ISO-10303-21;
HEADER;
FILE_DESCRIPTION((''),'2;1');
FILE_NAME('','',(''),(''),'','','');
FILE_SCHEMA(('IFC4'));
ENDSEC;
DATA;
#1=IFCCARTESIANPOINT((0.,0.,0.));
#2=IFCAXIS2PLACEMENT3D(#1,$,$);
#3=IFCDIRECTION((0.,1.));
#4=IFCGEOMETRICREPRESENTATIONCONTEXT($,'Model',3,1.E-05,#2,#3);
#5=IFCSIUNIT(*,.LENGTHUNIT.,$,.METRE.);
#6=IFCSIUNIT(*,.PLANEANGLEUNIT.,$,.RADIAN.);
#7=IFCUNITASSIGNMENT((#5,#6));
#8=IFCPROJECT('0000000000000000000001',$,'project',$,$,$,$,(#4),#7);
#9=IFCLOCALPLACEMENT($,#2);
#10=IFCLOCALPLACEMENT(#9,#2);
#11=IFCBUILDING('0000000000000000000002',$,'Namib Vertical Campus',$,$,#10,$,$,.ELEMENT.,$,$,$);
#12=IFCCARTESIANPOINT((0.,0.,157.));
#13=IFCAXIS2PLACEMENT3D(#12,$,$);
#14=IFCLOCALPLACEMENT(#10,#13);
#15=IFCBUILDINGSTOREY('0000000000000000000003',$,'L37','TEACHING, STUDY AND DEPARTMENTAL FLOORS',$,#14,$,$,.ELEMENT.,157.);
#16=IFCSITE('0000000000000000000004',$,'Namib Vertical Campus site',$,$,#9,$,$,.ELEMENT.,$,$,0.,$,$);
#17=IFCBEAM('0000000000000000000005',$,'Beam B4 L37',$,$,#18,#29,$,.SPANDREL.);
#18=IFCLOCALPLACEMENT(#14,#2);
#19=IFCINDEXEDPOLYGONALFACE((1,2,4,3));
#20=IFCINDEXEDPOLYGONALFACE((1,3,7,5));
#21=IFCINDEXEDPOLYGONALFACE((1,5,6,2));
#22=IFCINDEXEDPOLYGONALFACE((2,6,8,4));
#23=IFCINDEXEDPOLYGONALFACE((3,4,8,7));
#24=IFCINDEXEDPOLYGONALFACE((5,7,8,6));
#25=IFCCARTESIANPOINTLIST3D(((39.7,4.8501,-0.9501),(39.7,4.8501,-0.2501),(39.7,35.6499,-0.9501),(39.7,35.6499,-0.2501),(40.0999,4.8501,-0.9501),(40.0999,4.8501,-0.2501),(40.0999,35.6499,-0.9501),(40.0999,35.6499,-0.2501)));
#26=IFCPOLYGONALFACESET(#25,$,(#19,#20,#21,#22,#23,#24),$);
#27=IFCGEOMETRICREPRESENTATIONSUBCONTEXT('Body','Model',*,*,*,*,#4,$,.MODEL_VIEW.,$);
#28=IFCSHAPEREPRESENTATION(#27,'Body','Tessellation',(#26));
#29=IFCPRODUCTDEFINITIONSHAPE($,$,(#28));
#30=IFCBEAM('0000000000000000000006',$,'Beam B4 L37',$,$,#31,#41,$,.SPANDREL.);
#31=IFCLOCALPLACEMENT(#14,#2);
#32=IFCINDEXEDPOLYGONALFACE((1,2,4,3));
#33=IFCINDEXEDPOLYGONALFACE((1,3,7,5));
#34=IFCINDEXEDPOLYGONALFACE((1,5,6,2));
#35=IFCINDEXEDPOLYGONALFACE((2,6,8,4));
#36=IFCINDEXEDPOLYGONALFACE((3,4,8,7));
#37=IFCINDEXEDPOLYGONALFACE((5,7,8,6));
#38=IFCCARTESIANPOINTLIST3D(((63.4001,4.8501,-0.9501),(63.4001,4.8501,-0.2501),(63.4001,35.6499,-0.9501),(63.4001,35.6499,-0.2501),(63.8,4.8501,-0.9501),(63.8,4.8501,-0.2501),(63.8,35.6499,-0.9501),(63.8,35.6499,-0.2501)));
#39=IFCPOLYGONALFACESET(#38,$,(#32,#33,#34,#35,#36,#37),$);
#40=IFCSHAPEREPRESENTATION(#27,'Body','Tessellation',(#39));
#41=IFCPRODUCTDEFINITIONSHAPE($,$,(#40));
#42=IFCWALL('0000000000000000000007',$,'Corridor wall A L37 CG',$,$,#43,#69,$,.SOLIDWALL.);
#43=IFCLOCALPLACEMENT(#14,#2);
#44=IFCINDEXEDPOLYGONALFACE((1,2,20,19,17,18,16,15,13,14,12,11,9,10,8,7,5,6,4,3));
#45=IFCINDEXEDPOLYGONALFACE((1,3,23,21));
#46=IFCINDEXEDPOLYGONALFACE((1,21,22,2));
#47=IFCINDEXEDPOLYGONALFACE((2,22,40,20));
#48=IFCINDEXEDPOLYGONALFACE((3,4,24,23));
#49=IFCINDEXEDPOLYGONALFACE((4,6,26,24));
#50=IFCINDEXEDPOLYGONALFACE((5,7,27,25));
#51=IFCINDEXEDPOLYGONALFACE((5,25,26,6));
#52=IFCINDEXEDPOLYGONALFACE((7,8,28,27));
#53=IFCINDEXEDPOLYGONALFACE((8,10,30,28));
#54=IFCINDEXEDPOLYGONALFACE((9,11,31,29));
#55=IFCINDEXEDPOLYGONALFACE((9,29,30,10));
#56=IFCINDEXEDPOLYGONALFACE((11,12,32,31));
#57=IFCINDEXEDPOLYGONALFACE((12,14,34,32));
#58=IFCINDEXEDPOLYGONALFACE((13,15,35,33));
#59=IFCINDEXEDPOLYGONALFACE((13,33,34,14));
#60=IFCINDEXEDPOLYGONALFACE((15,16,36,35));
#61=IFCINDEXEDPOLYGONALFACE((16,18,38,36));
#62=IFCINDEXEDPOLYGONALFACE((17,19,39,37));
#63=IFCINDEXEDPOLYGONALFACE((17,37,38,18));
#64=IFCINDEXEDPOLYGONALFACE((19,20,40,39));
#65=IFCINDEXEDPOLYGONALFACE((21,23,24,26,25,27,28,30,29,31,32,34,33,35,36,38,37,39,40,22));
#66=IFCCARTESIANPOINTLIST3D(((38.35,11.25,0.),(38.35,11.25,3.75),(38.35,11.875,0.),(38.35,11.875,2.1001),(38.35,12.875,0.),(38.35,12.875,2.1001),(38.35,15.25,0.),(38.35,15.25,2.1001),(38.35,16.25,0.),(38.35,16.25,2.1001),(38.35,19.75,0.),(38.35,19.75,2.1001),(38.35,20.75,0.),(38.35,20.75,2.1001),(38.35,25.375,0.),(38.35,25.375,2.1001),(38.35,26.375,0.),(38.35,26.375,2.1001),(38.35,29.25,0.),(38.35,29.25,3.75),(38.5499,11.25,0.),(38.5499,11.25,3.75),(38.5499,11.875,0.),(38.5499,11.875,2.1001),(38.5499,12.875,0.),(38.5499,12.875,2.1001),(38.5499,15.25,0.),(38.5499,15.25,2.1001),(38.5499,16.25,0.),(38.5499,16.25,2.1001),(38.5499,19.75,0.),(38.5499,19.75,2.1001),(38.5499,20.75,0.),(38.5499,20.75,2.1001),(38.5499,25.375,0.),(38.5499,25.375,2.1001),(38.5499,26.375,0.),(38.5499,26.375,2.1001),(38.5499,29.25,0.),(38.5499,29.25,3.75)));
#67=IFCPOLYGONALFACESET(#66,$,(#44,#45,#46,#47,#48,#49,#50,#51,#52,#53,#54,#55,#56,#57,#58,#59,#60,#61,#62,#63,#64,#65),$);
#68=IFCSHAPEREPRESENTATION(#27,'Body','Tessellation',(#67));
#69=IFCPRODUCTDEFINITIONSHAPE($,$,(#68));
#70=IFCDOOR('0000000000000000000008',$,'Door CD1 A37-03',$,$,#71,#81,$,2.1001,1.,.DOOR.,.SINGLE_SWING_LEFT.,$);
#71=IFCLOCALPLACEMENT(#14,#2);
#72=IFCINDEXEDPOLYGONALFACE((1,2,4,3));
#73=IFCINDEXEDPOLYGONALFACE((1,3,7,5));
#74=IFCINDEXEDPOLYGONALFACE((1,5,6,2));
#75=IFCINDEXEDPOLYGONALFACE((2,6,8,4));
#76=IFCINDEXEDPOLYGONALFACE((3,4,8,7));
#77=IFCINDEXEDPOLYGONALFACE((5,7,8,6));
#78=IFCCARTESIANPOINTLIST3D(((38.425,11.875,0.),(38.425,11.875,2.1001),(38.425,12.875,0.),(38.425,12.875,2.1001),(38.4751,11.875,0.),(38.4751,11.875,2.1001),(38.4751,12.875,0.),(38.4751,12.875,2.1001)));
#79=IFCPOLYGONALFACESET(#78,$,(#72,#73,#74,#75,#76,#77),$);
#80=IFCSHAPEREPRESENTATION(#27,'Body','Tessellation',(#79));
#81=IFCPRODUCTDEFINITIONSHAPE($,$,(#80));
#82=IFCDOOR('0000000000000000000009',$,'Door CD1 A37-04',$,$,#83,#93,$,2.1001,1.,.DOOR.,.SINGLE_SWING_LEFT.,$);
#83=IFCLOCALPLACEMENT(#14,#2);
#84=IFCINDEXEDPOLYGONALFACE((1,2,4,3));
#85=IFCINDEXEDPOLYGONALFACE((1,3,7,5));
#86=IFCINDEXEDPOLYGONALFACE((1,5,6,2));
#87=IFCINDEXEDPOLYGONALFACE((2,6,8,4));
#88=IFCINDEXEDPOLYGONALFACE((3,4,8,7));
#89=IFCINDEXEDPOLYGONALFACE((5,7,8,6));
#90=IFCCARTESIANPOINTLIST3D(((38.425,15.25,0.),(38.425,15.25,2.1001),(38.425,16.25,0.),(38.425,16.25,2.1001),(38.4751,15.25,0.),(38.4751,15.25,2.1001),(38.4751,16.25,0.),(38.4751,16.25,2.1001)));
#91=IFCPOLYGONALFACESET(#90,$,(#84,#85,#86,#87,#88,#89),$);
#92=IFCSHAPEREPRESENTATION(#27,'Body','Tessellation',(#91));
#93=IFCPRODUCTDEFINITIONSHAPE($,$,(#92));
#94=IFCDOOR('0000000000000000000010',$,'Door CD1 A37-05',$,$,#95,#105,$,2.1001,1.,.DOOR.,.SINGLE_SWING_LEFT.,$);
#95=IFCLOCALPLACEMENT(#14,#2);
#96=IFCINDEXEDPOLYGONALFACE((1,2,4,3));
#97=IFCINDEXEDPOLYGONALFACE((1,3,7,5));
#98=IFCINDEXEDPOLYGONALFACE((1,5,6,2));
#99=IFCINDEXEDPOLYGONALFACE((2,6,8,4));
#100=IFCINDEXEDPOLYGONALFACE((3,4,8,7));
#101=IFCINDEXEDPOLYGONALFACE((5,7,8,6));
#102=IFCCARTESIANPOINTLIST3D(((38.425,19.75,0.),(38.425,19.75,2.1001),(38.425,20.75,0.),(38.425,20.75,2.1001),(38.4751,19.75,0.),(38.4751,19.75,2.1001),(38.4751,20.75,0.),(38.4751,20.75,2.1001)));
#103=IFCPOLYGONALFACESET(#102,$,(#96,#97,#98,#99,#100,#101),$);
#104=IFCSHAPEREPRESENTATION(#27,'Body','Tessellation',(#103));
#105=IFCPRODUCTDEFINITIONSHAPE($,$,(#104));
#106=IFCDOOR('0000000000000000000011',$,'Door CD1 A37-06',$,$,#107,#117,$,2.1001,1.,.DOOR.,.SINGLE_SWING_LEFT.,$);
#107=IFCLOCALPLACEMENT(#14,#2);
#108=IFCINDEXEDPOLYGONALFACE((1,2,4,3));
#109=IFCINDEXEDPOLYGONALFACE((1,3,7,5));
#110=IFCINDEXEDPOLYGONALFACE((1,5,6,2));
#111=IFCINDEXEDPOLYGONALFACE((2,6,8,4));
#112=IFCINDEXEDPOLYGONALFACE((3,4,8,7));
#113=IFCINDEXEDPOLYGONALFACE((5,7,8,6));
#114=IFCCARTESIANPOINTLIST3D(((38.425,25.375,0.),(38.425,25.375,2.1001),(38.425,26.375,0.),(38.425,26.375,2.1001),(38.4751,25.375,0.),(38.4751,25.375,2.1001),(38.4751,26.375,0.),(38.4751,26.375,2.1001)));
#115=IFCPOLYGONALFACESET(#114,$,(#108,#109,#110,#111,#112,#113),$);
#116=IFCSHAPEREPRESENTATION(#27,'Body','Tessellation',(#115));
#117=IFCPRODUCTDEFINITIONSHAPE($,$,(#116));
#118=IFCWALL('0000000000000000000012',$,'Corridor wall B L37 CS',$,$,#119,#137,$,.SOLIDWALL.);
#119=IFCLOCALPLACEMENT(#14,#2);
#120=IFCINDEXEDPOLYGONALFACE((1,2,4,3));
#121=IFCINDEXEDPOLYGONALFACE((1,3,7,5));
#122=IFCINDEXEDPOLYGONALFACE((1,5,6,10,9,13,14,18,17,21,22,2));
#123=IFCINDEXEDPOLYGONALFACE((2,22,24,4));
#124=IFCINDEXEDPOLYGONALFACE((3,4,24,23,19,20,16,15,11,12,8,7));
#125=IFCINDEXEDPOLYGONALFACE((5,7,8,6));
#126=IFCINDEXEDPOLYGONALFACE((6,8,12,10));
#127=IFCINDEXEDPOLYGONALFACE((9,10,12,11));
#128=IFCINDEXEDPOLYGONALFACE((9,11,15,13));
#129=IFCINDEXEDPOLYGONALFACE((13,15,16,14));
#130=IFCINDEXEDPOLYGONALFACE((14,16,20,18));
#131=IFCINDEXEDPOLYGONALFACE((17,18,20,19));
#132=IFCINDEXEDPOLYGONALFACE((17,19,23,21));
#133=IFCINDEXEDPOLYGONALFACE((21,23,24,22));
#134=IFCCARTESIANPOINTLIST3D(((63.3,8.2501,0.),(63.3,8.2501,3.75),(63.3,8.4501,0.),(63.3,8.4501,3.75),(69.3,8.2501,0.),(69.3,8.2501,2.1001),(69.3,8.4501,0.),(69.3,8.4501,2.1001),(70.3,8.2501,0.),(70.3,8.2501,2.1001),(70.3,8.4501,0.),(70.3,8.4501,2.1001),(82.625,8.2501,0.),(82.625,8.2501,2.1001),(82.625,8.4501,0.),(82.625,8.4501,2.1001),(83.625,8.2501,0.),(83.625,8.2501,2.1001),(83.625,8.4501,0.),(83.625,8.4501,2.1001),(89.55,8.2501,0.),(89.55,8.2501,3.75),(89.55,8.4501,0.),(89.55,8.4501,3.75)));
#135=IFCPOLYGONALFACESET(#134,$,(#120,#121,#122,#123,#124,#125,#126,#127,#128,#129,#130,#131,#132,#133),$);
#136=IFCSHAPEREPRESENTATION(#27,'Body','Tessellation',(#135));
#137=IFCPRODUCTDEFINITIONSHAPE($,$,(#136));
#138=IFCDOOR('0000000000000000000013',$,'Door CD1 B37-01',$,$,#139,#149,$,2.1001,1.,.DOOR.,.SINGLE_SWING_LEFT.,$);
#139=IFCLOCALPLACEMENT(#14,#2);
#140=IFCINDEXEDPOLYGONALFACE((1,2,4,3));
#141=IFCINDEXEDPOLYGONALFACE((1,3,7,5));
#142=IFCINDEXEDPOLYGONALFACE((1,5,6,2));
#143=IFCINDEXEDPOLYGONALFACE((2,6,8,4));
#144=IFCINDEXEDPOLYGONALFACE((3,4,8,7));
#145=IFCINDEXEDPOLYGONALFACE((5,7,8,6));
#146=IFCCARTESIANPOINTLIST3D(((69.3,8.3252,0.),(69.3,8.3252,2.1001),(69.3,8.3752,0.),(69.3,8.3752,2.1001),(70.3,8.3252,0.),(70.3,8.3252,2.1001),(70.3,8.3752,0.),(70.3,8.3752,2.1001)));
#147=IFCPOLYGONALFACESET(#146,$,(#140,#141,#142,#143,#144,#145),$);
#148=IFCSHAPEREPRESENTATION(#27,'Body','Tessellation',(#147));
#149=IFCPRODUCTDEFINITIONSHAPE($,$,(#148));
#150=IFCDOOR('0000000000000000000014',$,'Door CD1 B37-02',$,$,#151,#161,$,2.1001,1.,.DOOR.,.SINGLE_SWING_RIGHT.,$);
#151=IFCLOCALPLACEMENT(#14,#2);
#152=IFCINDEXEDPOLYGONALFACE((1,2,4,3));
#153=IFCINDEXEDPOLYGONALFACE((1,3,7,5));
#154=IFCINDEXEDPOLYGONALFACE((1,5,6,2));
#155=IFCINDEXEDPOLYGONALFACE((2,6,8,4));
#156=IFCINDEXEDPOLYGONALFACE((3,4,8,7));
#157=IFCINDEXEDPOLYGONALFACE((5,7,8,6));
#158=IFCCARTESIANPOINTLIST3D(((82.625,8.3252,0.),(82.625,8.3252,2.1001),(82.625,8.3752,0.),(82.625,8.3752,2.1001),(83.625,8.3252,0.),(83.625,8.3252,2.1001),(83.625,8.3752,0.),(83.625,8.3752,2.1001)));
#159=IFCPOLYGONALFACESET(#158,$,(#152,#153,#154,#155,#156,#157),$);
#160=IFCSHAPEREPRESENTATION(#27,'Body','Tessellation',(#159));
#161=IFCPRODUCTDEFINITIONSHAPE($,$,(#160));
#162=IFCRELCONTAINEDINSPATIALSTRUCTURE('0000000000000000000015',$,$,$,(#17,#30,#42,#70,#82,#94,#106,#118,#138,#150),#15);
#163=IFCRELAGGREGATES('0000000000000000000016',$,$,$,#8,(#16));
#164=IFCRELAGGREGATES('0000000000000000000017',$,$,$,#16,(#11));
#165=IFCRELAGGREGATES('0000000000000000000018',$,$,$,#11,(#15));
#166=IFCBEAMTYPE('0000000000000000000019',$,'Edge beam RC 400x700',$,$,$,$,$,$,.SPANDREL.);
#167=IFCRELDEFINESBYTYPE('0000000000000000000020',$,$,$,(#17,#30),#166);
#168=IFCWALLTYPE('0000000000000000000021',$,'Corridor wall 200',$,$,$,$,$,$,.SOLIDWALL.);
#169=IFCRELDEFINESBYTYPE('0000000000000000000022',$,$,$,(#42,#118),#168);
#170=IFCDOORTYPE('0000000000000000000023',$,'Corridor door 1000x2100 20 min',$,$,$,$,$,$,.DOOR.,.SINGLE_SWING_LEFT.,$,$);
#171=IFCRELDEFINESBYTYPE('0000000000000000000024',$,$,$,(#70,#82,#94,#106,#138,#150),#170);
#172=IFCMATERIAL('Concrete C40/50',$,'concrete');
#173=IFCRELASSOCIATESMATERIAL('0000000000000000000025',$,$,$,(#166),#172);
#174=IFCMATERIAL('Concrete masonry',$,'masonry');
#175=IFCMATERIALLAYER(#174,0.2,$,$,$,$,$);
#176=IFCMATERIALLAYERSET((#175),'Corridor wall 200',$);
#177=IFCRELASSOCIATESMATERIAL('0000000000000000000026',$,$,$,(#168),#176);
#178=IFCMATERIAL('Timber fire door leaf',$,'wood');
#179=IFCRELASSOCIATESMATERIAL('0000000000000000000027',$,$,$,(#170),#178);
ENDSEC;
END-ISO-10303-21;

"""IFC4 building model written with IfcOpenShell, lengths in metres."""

from ifc_helpers import new_model, si_unit, direction, frame, frame_2d, origin, origin_2d, place, context, subcontext, project, spatial, rectangle, extrude, material, layer, layer_set, material_profile, profile_set, type_object, element, fill, save


model = new_model("IFC4")

# Units and contexts
model_context = context("Model", 3, precision=1e-05, world=origin(), true_north=direction((0.0, 1.0)))
body_context = subcontext(model_context, "Body", "Model", "MODEL_VIEW")
ifc_project = project(units=[si_unit("LENGTHUNIT", "METRE"), si_unit("PLANEANGLEUNIT", "RADIAN")], contexts=[model_context])

# Site, building, storey
site_placement = place(None, origin())
site = spatial("IfcSite", under=ifc_project, at=site_placement, Name="Namib Vertical Campus site", CompositionType="ELEMENT", RefElevation=0.0)
building_placement = place(site_placement, origin())
building = spatial("IfcBuilding", under=site, at=building_placement, Name="Namib Vertical Campus", CompositionType="ELEMENT")
storey_placement = place(building_placement, frame((0.0, 0.0, 157.0)))
storey = spatial("IfcBuildingStorey", under=building, at=storey_placement, Name="L37", Description="TEACHING, STUDY AND DEPARTMENTAL FLOORS", CompositionType="ELEMENT", Elevation=157.0)

# Beams
ifc_material_1 = material(Name="Concrete C40/50", Category="concrete")
ifc_material_profile = material_profile(ifc_material_1, rectangle(XDim=0.3999, YDim=0.7, at=origin_2d()))
ifc_profile_set = profile_set([ifc_material_profile], Name="Concrete C40/50")
beam_type = type_object("IfcBeamType", Name="Edge beam RC 400x700", PredefinedType="SPANDREL", material=ifc_profile_set)
for number, where, z_axis, x_axis, name in (
    (1, (39.8999, 4.8501, -0.6001), (0.0, 1.0, 0.0), (-1.0, 0.0, 0.0), "Beam B4 L37"),
    (2, (63.6001, 4.8501, -0.6001), (0.0, 1.0, 0.0), (-1.0, 0.0, 0.0), "Beam B4 L37"),
):
    element("IfcBeam", number, at=place(storey_placement, frame(where, z_axis=z_axis, x_axis=x_axis)), inside=storey, type_object=beam_type, Name=name, PredefinedType="SPANDREL", context=body_context, shape_type="SweptSolid", body=[
        extrude(rectangle(XDim=0.3999, YDim=0.7, at=origin_2d()), origin(), (0.0, 0.0, 1.0), 30.7998),
    ])

# Walls, openings, doors
ifc_material_2 = material(Name="Concrete masonry", Category="masonry")
ifc_layer_1 = layer(ifc_material_2, 0.2)
ifc_layer_set_1 = layer_set([ifc_layer_1], Name="Corridor wall 200")
wall_type_1 = type_object("IfcWallType", Name="Corridor wall 200", PredefinedType="SOLIDWALL", material=ifc_layer_set_1)
wall_1_placement = place(storey_placement, frame((38.45, 11.25, 0.0), z_axis=(0.0, 0.0, 1.0), x_axis=(0.0, 1.0, 0.0)))
wall_1 = element("IfcWall", 3, at=wall_1_placement, inside=storey, type_object=wall_type_1, Name="Corridor wall A L37 CG", PredefinedType="SOLIDWALL", context=body_context, shape_type="SweptSolid", body=[
    extrude(rectangle(XDim=18.0, YDim=0.2, at=frame_2d((9.0, 0.0))), origin(), (0.0, 0.0, 1.0), 3.75),
])
opening_1_placement = place(wall_1_placement, frame((0.625, 0.0, 0.0)))
opening_1 = element("IfcOpeningElement", 4, at=opening_1_placement, cuts=wall_1, PredefinedType="OPENING", context=body_context, shape_type="SweptSolid", body=[
    extrude(rectangle(XDim=1.0, YDim=2.1001, at=frame_2d((0.5, 1.05))), frame((0.0, 0.1099, 0.0), z_axis=(0.0, -1.0, 0.0), x_axis=(1.0, 0.0, 0.0)), (0.0, 0.0, 1.0), 0.22),
])
opening_2_placement = place(wall_1_placement, frame((4.0, 0.0, 0.0)))
opening_2 = element("IfcOpeningElement", 5, at=opening_2_placement, cuts=wall_1, PredefinedType="OPENING", context=body_context, shape_type="SweptSolid", body=[
    extrude(rectangle(XDim=1.0, YDim=2.1001, at=frame_2d((0.5, 1.05))), frame((0.0, 0.1099, 0.0), z_axis=(0.0, -1.0, 0.0), x_axis=(1.0, 0.0, 0.0)), (0.0, 0.0, 1.0), 0.22),
])
opening_3_placement = place(wall_1_placement, frame((8.5, 0.0, 0.0)))
opening_3 = element("IfcOpeningElement", 6, at=opening_3_placement, cuts=wall_1, PredefinedType="OPENING", context=body_context, shape_type="SweptSolid", body=[
    extrude(rectangle(XDim=1.0, YDim=2.1001, at=frame_2d((0.5, 1.05))), frame((0.0, 0.1099, 0.0), z_axis=(0.0, -1.0, 0.0), x_axis=(1.0, 0.0, 0.0)), (0.0, 0.0, 1.0), 0.22),
])
opening_4_placement = place(wall_1_placement, frame((14.125, 0.0, 0.0)))
opening_4 = element("IfcOpeningElement", 7, at=opening_4_placement, cuts=wall_1, PredefinedType="OPENING", context=body_context, shape_type="SweptSolid", body=[
    extrude(rectangle(XDim=1.0, YDim=2.1001, at=frame_2d((0.5, 1.05))), frame((0.0, 0.1099, 0.0), z_axis=(0.0, -1.0, 0.0), x_axis=(1.0, 0.0, 0.0)), (0.0, 0.0, 1.0), 0.22),
])
ifc_material_3 = material(Name="Timber fire door leaf", Category="wood")
door_type = type_object("IfcDoorType", Name="Corridor door 1000x2100 20 min", OperationType="SINGLE_SWING_LEFT", PredefinedType="DOOR", material=ifc_material_3)
door_1_placement = place(opening_1_placement, origin())
door_1 = element("IfcDoor", 8, at=door_1_placement, inside=storey, type_object=door_type, Name="Door CD1 A37-03", OperationType="SINGLE_SWING_LEFT", OverallHeight=2.1001, OverallWidth=1.0, PredefinedType="DOOR", context=body_context, shape_type="SweptSolid", body=[
    extrude(rectangle(XDim=1.0, YDim=2.1001, at=frame_2d((0.5, 1.05))), frame((0.0, 0.0249, 0.0), z_axis=(0.0, -1.0, 0.0), x_axis=(1.0, 0.0, 0.0)), (0.0, 0.0, 1.0), 0.05),
])
fill(opening_1, door_1)
door_2_placement = place(opening_2_placement, origin())
door_2 = element("IfcDoor", 9, at=door_2_placement, inside=storey, type_object=door_type, Name="Door CD1 A37-04", OperationType="SINGLE_SWING_LEFT", OverallHeight=2.1001, OverallWidth=1.0, PredefinedType="DOOR", context=body_context, shape_type="SweptSolid", body=[
    extrude(rectangle(XDim=1.0, YDim=2.1001, at=frame_2d((0.5, 1.05))), frame((0.0, 0.0249, 0.0), z_axis=(0.0, -1.0, 0.0), x_axis=(1.0, 0.0, 0.0)), (0.0, 0.0, 1.0), 0.05),
])
fill(opening_2, door_2)
door_3_placement = place(opening_3_placement, origin())
door_3 = element("IfcDoor", 10, at=door_3_placement, inside=storey, type_object=door_type, Name="Door CD1 A37-05", OperationType="SINGLE_SWING_LEFT", OverallHeight=2.1001, OverallWidth=1.0, PredefinedType="DOOR", context=body_context, shape_type="SweptSolid", body=[
    extrude(rectangle(XDim=1.0, YDim=2.1001, at=frame_2d((0.5, 1.05))), frame((0.0, 0.0249, 0.0), z_axis=(0.0, -1.0, 0.0), x_axis=(1.0, 0.0, 0.0)), (0.0, 0.0, 1.0), 0.05),
])
fill(opening_3, door_3)
door_4_placement = place(opening_4_placement, origin())
door_4 = element("IfcDoor", 11, at=door_4_placement, inside=storey, type_object=door_type, Name="Door CD1 A37-06", OperationType="SINGLE_SWING_LEFT", OverallHeight=2.1001, OverallWidth=1.0, PredefinedType="DOOR", context=body_context, shape_type="SweptSolid", body=[
    extrude(rectangle(XDim=1.0, YDim=2.1001, at=frame_2d((0.5, 1.05))), frame((0.0, 0.0249, 0.0), z_axis=(0.0, -1.0, 0.0), x_axis=(1.0, 0.0, 0.0)), (0.0, 0.0, 1.0), 0.05),
])
fill(opening_4, door_4)
wall_2_placement = place(storey_placement, frame((63.3, 8.3501, 0.0), z_axis=(0.0, 0.0, 1.0), x_axis=(1.0, 0.0, 0.0)))
wall_2 = element("IfcWall", 12, at=wall_2_placement, inside=storey, type_object=wall_type_1, Name="Corridor wall B L37 CS", PredefinedType="SOLIDWALL", context=body_context, shape_type="SweptSolid", body=[
    extrude(rectangle(XDim=26.25, YDim=0.2, at=frame_2d((13.125, 0.0))), origin(), (0.0, 0.0, 1.0), 3.75),
])
opening_5_placement = place(wall_2_placement, frame((6.0, 0.0, 0.0)))
opening_5 = element("IfcOpeningElement", 13, at=opening_5_placement, cuts=wall_2, PredefinedType="OPENING", context=body_context, shape_type="SweptSolid", body=[
    extrude(rectangle(XDim=1.0, YDim=2.1001, at=frame_2d((0.5, 1.05))), frame((0.0, 0.1099, 0.0), z_axis=(0.0, -1.0, 0.0), x_axis=(1.0, 0.0, 0.0)), (0.0, 0.0, 1.0), 0.22),
])
opening_6_placement = place(wall_2_placement, frame((19.325, 0.0, 0.0)))
opening_6 = element("IfcOpeningElement", 14, at=opening_6_placement, cuts=wall_2, PredefinedType="OPENING", context=body_context, shape_type="SweptSolid", body=[
    extrude(rectangle(XDim=1.0, YDim=2.1001, at=frame_2d((0.5, 1.05))), frame((0.0, 0.1099, 0.0), z_axis=(0.0, -1.0, 0.0), x_axis=(1.0, 0.0, 0.0)), (0.0, 0.0, 1.0), 0.22),
])
door_5_placement = place(opening_5_placement, frame((1.0, 0.0, 0.0), z_axis=(0.0, 0.0, 1.0), x_axis=(-1.0, 0.0, 0.0)))
door_5 = element("IfcDoor", 15, at=door_5_placement, inside=storey, type_object=door_type, Name="Door CD1 B37-01", OperationType="SINGLE_SWING_LEFT", OverallHeight=2.1001, OverallWidth=1.0, PredefinedType="DOOR", context=body_context, shape_type="SweptSolid", body=[
    extrude(rectangle(XDim=1.0, YDim=2.1001, at=frame_2d((0.5, 1.05))), frame((0.0, 0.0249, 0.0), z_axis=(0.0, -1.0, 0.0), x_axis=(1.0, 0.0, 0.0)), (0.0, 0.0, 1.0), 0.05),
])
fill(opening_5, door_5)
door_6_placement = place(opening_6_placement, frame((1.0, 0.0, 0.0), z_axis=(0.0, 0.0, 1.0), x_axis=(-1.0, 0.0, 0.0)))
door_6 = element("IfcDoor", 16, at=door_6_placement, inside=storey, type_object=door_type, Name="Door CD1 B37-02", OperationType="SINGLE_SWING_RIGHT", OverallHeight=2.1001, OverallWidth=1.0, PredefinedType="DOOR", context=body_context, shape_type="SweptSolid", body=[
    extrude(rectangle(XDim=1.0, YDim=2.1001, at=frame_2d((0.5, 1.05))), frame((0.0, 0.0249, 0.0), z_axis=(0.0, -1.0, 0.0), x_axis=(1.0, 0.0, 0.0)), (0.0, 0.0, 1.0), 0.05),
])
fill(opening_6, door_6)

save(model, "model.ifc")
